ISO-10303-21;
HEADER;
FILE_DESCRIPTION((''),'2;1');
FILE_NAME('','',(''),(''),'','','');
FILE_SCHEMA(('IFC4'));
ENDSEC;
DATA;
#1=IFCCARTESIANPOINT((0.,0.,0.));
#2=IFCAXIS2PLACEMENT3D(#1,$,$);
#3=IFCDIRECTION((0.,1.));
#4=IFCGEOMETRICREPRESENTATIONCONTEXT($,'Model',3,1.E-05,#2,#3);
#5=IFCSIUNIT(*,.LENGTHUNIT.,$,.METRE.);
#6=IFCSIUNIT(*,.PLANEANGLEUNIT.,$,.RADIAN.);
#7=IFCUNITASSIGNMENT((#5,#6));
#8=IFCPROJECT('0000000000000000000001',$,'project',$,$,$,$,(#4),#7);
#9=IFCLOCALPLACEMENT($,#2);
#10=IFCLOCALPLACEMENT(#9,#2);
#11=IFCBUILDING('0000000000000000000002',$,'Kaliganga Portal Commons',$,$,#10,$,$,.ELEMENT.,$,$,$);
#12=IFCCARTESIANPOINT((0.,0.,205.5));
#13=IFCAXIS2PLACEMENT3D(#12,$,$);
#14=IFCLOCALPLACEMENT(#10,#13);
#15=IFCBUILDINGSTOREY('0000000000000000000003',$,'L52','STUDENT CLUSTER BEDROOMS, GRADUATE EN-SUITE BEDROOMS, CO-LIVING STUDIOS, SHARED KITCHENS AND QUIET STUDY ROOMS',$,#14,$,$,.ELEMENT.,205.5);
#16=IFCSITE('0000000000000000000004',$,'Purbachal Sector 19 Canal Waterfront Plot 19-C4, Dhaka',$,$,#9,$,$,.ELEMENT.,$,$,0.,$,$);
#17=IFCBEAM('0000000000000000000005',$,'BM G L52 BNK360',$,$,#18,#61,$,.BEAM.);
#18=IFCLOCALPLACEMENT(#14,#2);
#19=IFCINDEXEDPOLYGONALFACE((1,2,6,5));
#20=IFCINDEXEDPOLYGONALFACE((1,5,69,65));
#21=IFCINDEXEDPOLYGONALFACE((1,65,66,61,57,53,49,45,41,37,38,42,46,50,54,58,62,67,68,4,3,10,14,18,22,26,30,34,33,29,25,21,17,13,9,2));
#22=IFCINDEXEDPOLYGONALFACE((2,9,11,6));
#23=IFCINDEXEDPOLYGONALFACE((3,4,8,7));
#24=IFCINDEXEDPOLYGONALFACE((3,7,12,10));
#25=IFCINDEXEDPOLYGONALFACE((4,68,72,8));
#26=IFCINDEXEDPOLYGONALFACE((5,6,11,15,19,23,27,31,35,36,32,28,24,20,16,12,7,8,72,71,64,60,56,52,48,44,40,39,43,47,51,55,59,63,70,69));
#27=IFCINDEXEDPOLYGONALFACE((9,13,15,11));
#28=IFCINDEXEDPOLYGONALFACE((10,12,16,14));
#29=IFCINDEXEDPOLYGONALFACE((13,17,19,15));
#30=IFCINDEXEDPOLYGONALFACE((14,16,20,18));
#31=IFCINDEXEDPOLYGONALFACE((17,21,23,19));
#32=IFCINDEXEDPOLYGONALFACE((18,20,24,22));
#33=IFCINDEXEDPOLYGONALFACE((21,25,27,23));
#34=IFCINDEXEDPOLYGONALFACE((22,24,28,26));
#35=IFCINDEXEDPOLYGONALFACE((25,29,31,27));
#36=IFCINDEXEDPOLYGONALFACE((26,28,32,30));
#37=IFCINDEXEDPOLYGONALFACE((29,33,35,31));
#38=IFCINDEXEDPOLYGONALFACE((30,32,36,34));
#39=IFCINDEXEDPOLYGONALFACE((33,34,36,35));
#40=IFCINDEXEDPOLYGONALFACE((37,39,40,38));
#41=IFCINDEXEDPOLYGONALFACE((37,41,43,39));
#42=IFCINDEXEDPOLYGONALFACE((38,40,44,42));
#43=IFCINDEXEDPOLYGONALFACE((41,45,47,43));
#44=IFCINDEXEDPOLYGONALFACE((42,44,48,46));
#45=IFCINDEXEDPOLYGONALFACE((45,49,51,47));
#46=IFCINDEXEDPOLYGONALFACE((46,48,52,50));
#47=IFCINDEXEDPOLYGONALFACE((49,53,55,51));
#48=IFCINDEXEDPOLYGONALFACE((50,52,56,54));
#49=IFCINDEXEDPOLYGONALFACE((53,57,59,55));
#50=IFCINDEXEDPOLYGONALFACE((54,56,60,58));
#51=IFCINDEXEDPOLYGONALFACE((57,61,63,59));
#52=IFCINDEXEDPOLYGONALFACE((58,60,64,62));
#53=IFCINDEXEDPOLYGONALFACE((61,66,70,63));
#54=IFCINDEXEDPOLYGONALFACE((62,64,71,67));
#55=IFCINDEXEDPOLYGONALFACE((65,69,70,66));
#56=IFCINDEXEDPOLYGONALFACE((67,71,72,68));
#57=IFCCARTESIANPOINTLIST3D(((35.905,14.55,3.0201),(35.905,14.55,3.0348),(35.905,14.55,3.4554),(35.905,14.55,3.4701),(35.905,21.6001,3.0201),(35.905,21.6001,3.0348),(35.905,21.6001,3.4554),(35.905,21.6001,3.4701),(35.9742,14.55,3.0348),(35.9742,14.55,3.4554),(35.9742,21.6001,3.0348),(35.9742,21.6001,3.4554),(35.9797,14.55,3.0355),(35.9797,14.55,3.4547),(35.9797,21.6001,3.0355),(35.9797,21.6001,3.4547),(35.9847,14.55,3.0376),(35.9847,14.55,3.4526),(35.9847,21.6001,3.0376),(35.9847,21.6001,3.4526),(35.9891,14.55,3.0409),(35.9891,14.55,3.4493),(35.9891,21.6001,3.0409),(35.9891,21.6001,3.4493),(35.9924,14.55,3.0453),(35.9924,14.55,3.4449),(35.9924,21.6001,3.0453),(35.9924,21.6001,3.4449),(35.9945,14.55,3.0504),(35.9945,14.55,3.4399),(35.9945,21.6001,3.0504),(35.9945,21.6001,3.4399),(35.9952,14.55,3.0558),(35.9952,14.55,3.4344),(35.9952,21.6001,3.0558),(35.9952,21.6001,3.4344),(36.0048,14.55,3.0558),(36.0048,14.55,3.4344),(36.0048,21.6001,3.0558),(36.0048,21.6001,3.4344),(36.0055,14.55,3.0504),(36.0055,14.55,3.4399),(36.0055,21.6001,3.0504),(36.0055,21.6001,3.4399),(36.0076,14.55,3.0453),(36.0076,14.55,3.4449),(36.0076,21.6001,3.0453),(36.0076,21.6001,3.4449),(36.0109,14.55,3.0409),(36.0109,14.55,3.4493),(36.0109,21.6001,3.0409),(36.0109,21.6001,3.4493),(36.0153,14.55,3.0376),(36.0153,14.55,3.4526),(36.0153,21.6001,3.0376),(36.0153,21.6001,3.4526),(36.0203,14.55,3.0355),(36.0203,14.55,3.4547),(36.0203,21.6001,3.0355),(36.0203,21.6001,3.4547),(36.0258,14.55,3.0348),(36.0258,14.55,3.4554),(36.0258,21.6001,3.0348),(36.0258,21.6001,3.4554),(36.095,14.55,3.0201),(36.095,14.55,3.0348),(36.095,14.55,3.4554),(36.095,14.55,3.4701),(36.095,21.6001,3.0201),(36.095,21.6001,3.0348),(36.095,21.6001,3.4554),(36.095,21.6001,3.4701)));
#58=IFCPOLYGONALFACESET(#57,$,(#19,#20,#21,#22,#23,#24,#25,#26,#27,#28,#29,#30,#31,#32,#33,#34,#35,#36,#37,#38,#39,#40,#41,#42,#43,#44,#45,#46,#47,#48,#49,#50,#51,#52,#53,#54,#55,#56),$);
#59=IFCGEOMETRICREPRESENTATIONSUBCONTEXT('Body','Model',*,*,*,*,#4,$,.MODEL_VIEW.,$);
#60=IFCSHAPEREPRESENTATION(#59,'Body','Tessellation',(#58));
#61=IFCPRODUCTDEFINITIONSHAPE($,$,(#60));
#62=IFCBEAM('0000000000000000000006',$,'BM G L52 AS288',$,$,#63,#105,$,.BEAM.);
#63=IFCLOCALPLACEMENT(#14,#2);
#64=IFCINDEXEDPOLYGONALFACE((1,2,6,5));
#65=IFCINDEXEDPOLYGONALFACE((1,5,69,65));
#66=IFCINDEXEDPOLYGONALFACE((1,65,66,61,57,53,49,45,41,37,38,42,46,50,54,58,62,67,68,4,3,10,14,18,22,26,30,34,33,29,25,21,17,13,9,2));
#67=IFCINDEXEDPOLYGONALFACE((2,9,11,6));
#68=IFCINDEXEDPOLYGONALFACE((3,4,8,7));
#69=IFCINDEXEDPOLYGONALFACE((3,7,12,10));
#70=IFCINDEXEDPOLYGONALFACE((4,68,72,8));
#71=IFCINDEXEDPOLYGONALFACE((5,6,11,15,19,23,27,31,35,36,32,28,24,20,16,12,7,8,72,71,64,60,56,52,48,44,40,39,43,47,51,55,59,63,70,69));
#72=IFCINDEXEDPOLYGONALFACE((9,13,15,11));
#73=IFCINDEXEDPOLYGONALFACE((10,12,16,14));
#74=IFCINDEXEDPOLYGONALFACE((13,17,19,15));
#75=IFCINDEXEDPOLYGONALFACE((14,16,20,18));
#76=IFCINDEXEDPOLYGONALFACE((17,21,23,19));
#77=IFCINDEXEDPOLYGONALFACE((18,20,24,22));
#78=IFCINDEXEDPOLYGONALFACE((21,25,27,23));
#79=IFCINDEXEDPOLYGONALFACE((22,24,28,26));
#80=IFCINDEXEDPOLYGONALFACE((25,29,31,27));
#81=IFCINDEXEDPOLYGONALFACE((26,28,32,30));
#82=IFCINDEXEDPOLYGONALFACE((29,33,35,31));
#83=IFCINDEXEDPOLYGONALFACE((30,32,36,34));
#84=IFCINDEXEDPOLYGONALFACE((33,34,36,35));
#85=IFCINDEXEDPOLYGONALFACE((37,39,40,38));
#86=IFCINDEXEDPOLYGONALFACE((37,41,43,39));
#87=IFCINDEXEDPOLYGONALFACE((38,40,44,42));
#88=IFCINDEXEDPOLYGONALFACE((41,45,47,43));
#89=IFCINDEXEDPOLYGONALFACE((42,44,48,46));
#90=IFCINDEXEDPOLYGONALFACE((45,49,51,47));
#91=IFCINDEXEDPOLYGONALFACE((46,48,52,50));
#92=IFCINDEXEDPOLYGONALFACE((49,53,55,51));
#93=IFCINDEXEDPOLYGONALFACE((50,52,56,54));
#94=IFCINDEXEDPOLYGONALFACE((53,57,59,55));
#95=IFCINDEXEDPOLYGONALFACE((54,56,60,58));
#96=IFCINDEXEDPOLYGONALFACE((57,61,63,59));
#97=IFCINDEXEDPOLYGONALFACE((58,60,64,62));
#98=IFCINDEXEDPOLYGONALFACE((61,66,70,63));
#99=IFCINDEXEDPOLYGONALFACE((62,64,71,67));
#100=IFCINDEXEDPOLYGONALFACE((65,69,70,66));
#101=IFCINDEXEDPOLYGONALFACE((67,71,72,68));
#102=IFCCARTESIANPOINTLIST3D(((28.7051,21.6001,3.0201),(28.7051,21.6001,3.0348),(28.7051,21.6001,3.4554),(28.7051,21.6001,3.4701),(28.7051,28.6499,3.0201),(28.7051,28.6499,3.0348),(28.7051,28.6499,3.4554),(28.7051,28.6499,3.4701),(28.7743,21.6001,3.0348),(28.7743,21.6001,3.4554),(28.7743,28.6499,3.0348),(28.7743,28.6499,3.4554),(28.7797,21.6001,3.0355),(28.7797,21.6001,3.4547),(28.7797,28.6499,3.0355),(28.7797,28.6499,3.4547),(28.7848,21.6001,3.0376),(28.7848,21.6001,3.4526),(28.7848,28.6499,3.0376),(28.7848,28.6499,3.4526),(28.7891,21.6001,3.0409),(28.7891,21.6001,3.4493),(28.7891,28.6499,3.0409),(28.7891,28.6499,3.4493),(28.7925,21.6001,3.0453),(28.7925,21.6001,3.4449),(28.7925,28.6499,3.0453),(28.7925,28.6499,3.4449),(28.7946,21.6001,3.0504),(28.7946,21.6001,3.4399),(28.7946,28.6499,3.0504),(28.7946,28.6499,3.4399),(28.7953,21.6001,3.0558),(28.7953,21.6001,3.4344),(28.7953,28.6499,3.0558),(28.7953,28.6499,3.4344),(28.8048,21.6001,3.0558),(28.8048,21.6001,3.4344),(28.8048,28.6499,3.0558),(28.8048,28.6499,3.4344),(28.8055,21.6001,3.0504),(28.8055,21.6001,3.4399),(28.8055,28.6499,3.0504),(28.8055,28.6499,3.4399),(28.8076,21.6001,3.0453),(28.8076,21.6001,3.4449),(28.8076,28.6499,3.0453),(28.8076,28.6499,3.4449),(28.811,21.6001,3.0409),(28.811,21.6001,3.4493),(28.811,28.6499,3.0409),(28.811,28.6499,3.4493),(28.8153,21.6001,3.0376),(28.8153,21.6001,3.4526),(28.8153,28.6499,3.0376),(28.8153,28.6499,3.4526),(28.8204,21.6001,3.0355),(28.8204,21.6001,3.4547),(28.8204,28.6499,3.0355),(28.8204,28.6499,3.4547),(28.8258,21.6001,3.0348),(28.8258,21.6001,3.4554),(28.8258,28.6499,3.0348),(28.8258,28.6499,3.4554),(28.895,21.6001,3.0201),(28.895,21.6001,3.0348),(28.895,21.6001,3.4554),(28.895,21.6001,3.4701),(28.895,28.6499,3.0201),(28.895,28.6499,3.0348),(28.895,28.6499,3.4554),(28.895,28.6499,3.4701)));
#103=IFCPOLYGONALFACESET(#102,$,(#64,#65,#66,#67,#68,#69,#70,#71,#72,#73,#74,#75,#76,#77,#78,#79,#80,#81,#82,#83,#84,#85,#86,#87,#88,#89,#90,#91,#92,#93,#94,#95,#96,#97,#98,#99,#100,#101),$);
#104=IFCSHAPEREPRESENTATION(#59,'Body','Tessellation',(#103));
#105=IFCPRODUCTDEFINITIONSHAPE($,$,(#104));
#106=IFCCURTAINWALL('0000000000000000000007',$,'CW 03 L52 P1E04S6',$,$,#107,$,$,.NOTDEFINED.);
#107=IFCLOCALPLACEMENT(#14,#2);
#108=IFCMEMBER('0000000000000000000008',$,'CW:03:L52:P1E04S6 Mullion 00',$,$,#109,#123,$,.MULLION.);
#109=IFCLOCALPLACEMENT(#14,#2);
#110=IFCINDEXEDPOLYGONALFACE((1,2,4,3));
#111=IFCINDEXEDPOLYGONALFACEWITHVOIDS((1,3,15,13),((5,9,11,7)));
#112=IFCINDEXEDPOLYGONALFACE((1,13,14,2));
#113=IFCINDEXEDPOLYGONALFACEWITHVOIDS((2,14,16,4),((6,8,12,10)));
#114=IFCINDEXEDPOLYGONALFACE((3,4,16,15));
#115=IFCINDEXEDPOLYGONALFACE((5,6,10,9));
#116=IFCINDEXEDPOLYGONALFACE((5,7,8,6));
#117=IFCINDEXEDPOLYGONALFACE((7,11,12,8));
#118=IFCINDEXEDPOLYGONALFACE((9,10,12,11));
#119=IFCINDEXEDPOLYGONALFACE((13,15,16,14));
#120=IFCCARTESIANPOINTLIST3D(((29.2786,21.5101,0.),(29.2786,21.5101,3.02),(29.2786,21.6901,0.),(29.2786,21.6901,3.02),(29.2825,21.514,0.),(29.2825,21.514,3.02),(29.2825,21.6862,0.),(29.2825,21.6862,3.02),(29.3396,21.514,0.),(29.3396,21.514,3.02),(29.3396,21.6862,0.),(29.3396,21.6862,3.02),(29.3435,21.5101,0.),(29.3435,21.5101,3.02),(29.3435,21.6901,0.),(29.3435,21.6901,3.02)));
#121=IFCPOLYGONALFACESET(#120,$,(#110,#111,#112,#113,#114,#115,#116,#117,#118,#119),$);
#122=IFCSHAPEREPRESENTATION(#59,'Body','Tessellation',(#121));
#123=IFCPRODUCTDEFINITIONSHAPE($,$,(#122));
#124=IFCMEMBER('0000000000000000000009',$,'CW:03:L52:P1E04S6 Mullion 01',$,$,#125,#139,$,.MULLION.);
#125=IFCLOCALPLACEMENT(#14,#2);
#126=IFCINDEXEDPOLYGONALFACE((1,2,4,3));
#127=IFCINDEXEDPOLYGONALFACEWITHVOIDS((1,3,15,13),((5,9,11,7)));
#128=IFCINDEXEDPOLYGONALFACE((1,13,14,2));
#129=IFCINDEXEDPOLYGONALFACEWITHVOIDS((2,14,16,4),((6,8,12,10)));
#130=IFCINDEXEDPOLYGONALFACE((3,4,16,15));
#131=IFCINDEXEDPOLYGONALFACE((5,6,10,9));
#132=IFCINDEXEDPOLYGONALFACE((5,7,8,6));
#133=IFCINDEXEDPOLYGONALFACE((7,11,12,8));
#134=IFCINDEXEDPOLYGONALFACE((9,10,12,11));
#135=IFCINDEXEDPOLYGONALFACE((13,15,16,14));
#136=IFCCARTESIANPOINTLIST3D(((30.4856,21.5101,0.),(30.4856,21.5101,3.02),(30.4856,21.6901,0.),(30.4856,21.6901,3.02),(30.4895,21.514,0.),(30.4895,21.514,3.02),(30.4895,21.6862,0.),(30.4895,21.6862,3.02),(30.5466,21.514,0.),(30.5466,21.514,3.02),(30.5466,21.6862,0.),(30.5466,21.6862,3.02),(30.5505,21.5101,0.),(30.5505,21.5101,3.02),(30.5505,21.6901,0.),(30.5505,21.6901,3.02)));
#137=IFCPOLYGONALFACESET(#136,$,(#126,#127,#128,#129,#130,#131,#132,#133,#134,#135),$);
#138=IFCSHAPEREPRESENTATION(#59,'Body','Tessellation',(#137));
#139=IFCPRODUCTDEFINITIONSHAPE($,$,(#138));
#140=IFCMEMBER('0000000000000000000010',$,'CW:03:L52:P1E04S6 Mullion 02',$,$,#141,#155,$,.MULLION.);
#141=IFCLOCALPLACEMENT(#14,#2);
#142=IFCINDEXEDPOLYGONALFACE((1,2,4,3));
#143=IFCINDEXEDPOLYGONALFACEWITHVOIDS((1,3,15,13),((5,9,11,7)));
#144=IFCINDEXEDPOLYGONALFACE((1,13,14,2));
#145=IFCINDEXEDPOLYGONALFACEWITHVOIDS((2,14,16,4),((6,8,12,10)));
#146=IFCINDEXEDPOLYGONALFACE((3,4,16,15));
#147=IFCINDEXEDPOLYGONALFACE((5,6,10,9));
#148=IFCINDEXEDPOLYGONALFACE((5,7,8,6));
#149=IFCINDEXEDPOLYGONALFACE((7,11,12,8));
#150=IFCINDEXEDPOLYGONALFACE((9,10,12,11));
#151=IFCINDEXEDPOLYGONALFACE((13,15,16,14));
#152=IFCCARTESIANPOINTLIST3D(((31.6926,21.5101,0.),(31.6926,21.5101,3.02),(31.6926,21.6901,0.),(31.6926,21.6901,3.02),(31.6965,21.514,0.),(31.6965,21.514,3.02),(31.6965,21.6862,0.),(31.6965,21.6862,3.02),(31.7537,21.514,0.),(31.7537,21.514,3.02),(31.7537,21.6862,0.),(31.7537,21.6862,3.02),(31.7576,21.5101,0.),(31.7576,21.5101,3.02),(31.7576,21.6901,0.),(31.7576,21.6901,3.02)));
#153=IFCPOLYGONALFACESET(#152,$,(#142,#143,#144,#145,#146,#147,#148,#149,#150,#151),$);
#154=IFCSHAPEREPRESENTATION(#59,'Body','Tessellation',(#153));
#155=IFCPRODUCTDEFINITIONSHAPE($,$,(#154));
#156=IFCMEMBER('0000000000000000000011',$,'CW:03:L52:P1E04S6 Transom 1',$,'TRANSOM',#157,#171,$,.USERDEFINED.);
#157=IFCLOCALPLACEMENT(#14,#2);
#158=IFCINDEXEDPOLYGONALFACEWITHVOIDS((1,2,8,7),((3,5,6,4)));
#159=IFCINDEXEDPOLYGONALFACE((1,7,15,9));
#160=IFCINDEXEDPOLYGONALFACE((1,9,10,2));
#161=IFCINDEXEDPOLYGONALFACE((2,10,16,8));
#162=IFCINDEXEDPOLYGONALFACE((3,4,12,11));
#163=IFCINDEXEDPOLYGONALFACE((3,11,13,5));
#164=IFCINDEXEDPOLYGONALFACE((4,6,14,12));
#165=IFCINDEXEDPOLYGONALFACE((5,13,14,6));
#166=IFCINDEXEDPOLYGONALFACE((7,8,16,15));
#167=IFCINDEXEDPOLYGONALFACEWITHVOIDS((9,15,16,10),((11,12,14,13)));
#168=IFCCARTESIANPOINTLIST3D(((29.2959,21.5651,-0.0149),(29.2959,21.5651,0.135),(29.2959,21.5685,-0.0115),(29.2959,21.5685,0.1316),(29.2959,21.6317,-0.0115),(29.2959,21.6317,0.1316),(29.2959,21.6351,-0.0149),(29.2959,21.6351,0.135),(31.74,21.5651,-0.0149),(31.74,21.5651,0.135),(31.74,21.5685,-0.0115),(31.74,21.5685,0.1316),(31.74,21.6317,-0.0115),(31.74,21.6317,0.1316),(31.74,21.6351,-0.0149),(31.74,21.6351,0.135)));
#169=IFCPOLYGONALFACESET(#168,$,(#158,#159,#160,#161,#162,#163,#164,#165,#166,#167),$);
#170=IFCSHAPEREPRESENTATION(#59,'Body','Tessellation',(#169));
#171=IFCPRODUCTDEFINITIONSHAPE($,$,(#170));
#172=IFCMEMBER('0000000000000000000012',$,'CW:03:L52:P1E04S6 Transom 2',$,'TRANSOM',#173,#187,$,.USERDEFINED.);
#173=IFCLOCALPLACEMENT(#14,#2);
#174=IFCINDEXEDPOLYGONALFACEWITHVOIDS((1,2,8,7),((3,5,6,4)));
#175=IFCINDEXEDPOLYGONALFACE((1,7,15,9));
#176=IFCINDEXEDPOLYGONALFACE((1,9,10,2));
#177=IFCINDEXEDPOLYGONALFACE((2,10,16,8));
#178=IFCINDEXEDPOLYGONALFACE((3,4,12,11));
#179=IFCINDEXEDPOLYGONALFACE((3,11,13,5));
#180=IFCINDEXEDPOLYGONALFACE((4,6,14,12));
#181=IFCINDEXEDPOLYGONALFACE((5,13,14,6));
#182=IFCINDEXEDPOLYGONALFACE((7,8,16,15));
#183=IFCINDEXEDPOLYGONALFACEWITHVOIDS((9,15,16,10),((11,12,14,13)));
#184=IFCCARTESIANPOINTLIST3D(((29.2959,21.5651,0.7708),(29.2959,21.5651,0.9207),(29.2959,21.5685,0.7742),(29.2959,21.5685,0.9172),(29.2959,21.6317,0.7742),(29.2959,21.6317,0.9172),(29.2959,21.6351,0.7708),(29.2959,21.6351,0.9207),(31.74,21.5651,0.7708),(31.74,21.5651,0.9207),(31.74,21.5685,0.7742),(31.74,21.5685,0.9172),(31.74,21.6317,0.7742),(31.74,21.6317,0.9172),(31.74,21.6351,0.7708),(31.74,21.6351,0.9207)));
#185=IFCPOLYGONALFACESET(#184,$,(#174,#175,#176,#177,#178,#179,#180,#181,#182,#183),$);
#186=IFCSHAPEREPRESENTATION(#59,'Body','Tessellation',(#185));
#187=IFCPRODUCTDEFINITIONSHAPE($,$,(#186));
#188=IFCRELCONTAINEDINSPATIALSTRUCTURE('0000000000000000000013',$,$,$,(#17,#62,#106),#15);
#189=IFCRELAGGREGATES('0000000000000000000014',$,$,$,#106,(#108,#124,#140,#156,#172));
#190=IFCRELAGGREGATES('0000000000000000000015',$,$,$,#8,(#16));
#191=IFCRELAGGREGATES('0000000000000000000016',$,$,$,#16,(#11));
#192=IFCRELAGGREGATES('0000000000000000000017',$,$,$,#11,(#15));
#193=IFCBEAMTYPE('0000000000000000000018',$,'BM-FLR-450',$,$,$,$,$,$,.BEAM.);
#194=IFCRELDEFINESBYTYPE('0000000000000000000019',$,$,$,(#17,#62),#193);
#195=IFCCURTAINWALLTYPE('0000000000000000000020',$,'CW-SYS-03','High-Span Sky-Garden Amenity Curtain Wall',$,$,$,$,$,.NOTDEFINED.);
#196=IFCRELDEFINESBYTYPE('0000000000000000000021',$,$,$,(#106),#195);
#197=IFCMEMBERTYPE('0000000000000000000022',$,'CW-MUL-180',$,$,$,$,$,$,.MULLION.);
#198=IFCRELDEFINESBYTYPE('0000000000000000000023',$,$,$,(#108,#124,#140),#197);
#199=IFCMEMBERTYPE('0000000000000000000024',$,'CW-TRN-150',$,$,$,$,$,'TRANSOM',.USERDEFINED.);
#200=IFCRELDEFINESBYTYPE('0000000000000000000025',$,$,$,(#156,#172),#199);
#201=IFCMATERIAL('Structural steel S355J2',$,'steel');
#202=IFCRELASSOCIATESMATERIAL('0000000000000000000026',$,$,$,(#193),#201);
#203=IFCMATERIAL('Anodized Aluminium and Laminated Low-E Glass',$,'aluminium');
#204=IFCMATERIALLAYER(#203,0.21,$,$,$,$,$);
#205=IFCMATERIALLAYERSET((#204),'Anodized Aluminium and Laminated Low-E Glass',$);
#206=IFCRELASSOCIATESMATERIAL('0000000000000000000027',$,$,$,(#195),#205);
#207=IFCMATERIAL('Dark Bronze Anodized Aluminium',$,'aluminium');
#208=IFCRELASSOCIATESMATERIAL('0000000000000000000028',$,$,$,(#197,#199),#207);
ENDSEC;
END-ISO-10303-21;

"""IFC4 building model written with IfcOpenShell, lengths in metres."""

from ifc_helpers import new_model, si_unit, direction, frame, origin, origin_2d, place, context, subcontext, project, spatial, hollow_rectangle, i_section, extrude, source, transform, mapped, material, layer, layer_set, material_profile, profile_set, type_object, element, aggregate, save


model = new_model("IFC4")

# Units and contexts
model_context = context("Model", 3, precision=1e-05, world=origin(), true_north=direction((0.0, 1.0)))
body_context = subcontext(model_context, "Body", "Model", "MODEL_VIEW")
ifc_project = project(units=[si_unit("LENGTHUNIT", "METRE"), si_unit("PLANEANGLEUNIT", "RADIAN")], contexts=[model_context])

# Site, building, storey
site_placement = place(None, origin())
site = spatial("IfcSite", under=ifc_project, at=site_placement, Name="Purbachal Sector 19 Canal Waterfront Plot 19-C4, Dhaka", CompositionType="ELEMENT", RefElevation=0.0)
building_placement = place(site_placement, origin())
building = spatial("IfcBuilding", under=site, at=building_placement, Name="Kaliganga Portal Commons", CompositionType="ELEMENT")
storey_placement = place(building_placement, frame((0.0, 0.0, 205.5)))
storey = spatial("IfcBuildingStorey", under=building, at=storey_placement, Name="L52", Description="STUDENT CLUSTER BEDROOMS, GRADUATE EN-SUITE BEDROOMS, CO-LIVING STUDIOS, SHARED KITCHENS AND QUIET STUDY ROOMS", CompositionType="ELEMENT", Elevation=205.5)

# Shared definitions
ifc_material_1 = material(Name="Structural steel S355J2", Category="steel")

# Beams
ifc_material_profile_1 = material_profile(ifc_material_1, i_section(OverallWidth=0.1899, OverallDepth=0.45, WebThickness=0.0095, FlangeThickness=0.0146, FilletRadius=0.021, at=origin_2d()), Name="IPE 450")
ifc_profile_set_1 = profile_set([ifc_material_profile_1], Name="Structural steel S355J2 wide-flange")
beam_type_1 = type_object("IfcBeamType", Name="BM-FLR-450", PredefinedType="BEAM", material=ifc_profile_set_1)
shared_shape_1 = source(origin(), body_context, "Body", "SweptSolid", [
    extrude(i_section(OverallWidth=0.1899, OverallDepth=0.45, WebThickness=0.0095, FlangeThickness=0.0146, FilletRadius=0.021, at=origin_2d()), origin(), (0.0, 0.0, 1.0), 7.05),
])
beam_1_placement = place(storey_placement, frame((36.0, 14.55, 3.2451), z_axis=(0.0, 1.0, 0.0), x_axis=(-1.0, 0.0, 0.0)))
element("IfcBeam", 1, at=beam_1_placement, inside=storey, type_object=beam_type_1, Name="BM G L52 BNK360", PredefinedType="BEAM", context=body_context, shape_type="MappedRepresentation", body=[
    mapped(shared_shape_1, transform((0.0, 0.0, 0.0), x_axis=(1.0, 0.0, 0.0), y_axis=(0.0, 1.0, 0.0), z_axis=(0.0, 0.0, 1.0), scale=1.0)),
])
shared_shape_2 = source(origin(), body_context, "Body", "SweptSolid", [
    extrude(i_section(OverallWidth=0.1899, OverallDepth=0.45, WebThickness=0.0095, FlangeThickness=0.0146, FilletRadius=0.021, at=origin_2d()), origin(), (0.0, 0.0, 1.0), 7.0498),
])
beam_2_placement = place(storey_placement, frame((28.8, 21.6001, 3.2451), z_axis=(0.0, 1.0, 0.0), x_axis=(-1.0, 0.0, 0.0)))
element("IfcBeam", 2, at=beam_2_placement, inside=storey, type_object=beam_type_1, Name="BM G L52 AS288", PredefinedType="BEAM", context=body_context, shape_type="MappedRepresentation", body=[
    mapped(shared_shape_2, transform((0.0, 0.0, 0.0), x_axis=(1.0, 0.0, 0.0), y_axis=(0.0, 1.0, 0.0), z_axis=(0.0, 0.0, 1.0), scale=1.0)),
])

# Curtain wall, members
ifc_material_2 = material(Name="Anodized Aluminium and Laminated Low-E Glass", Category="aluminium")
ifc_layer_1 = layer(ifc_material_2, 0.21)
ifc_layer_set_1 = layer_set([ifc_layer_1], Name="Anodized Aluminium and Laminated Low-E Glass")
curtain_wall_type = type_object("IfcCurtainWallType", Name="CW-SYS-03", Description="High-Span Sky-Garden Amenity Curtain Wall", PredefinedType="NOTDEFINED", material=ifc_layer_set_1)
curtain_wall_placement = place(storey_placement, origin())
curtain_wall = element("IfcCurtainWall", 3, at=curtain_wall_placement, inside=storey, type_object=curtain_wall_type, Name="CW 03 L52 P1E04S6", PredefinedType="NOTDEFINED")
ifc_material_3 = material(Name="Dark Bronze Anodized Aluminium", Category="aluminium")
ifc_material_profile_2 = material_profile(ifc_material_3, hollow_rectangle(XDim=0.0649, YDim=0.1799, WallThickness=0.0039, at=origin_2d()), Name="ALU MULL 65x180x4")
ifc_profile_set_2 = profile_set([ifc_material_profile_2], Name="Dark Bronze Anodized Aluminium")
member_type_1 = type_object("IfcMemberType", Name="CW-MUL-180", PredefinedType="MULLION", material=ifc_profile_set_2)
shared_shape_3 = source(origin(), body_context, "Body", "SweptSolid", [
    extrude(hollow_rectangle(XDim=0.0649, YDim=0.1799, WallThickness=0.0039, at=origin_2d()), origin(), (0.0, 0.0, 1.0), 3.02),
])
member_1_placement = place(storey_placement, frame((29.311, 21.6001, 0.0), z_axis=(0.0, 0.0, 1.0), x_axis=(1.0, 0.0, 0.0)))
member_1 = element("IfcMember", 4, at=member_1_placement, type_object=member_type_1, Name="CW:03:L52:P1E04S6 Mullion 00", PredefinedType="MULLION", context=body_context, shape_type="MappedRepresentation", body=[
    mapped(shared_shape_3, transform((0.0, 0.0, 0.0), x_axis=(1.0, 0.0, 0.0), y_axis=(0.0, 1.0, 0.0), z_axis=(0.0, 0.0, 1.0), scale=1.0)),
])
member_2_placement = place(storey_placement, frame((30.5181, 21.6001, 0.0), z_axis=(0.0, 0.0, 1.0), x_axis=(1.0, 0.0, 0.0)))
member_2 = element("IfcMember", 5, at=member_2_placement, type_object=member_type_1, Name="CW:03:L52:P1E04S6 Mullion 01", PredefinedType="MULLION", context=body_context, shape_type="MappedRepresentation", body=[
    mapped(shared_shape_3, transform((0.0, 0.0, 0.0), x_axis=(1.0, 0.0, 0.0), y_axis=(0.0, 1.0, 0.0), z_axis=(0.0, 0.0, 1.0), scale=1.0)),
])
member_3_placement = place(storey_placement, frame((31.7251, 21.6001, 0.0), z_axis=(0.0, 0.0, 1.0), x_axis=(1.0, 0.0, 0.0)))
member_3 = element("IfcMember", 6, at=member_3_placement, type_object=member_type_1, Name="CW:03:L52:P1E04S6 Mullion 02", PredefinedType="MULLION", context=body_context, shape_type="MappedRepresentation", body=[
    mapped(shared_shape_3, transform((0.0, 0.0, 0.0), x_axis=(1.0, 0.0, 0.0), y_axis=(0.0, 1.0, 0.0), z_axis=(0.0, 0.0, 1.0), scale=1.0)),
])
ifc_material_profile_3 = material_profile(ifc_material_3, hollow_rectangle(XDim=0.0701, YDim=0.1499, WallThickness=0.0034, at=origin_2d()), Name="ALU TRAN 70x150x3.5")
ifc_profile_set_3 = profile_set([ifc_material_profile_3], Name="Dark Bronze Anodized Aluminium")
member_type_2 = type_object("IfcMemberType", Name="CW-TRN-150", ElementType="TRANSOM", PredefinedType="USERDEFINED", material=ifc_profile_set_3)
shared_shape_4 = source(origin(), body_context, "Body", "SweptSolid", [
    extrude(hollow_rectangle(XDim=0.0701, YDim=0.1499, WallThickness=0.0034, at=origin_2d()), origin(), (0.0, 0.0, 1.0), 2.4441),
])
member_4_placement = place(storey_placement, frame((29.2959, 21.6001, 0.0601), z_axis=(1.0, 0.0, 0.0), x_axis=(0.0, 1.0, 0.0)))
member_4 = element("IfcMember", 7, at=member_4_placement, type_object=member_type_2, Name="CW:03:L52:P1E04S6 Transom 1", ObjectType="TRANSOM", PredefinedType="USERDEFINED", context=body_context, shape_type="MappedRepresentation", body=[
    mapped(shared_shape_4, transform((0.0, 0.0, 0.0), x_axis=(1.0, 0.0, 0.0), y_axis=(0.0, 1.0, 0.0), z_axis=(0.0, 0.0, 1.0), scale=1.0)),
])
member_5_placement = place(storey_placement, frame((29.2959, 21.6001, 0.8457), z_axis=(1.0, 0.0, 0.0), x_axis=(0.0, 1.0, 0.0)))
member_5 = element("IfcMember", 8, at=member_5_placement, type_object=member_type_2, Name="CW:03:L52:P1E04S6 Transom 2", ObjectType="TRANSOM", PredefinedType="USERDEFINED", context=body_context, shape_type="MappedRepresentation", body=[
    mapped(shared_shape_4, transform((0.0, 0.0, 0.0), x_axis=(1.0, 0.0, 0.0), y_axis=(0.0, 1.0, 0.0), z_axis=(0.0, 0.0, 1.0), scale=1.0)),
])

aggregate(curtain_wall, [member_1, member_2, member_3, member_4, member_5])

save(model, "model.ifc")
